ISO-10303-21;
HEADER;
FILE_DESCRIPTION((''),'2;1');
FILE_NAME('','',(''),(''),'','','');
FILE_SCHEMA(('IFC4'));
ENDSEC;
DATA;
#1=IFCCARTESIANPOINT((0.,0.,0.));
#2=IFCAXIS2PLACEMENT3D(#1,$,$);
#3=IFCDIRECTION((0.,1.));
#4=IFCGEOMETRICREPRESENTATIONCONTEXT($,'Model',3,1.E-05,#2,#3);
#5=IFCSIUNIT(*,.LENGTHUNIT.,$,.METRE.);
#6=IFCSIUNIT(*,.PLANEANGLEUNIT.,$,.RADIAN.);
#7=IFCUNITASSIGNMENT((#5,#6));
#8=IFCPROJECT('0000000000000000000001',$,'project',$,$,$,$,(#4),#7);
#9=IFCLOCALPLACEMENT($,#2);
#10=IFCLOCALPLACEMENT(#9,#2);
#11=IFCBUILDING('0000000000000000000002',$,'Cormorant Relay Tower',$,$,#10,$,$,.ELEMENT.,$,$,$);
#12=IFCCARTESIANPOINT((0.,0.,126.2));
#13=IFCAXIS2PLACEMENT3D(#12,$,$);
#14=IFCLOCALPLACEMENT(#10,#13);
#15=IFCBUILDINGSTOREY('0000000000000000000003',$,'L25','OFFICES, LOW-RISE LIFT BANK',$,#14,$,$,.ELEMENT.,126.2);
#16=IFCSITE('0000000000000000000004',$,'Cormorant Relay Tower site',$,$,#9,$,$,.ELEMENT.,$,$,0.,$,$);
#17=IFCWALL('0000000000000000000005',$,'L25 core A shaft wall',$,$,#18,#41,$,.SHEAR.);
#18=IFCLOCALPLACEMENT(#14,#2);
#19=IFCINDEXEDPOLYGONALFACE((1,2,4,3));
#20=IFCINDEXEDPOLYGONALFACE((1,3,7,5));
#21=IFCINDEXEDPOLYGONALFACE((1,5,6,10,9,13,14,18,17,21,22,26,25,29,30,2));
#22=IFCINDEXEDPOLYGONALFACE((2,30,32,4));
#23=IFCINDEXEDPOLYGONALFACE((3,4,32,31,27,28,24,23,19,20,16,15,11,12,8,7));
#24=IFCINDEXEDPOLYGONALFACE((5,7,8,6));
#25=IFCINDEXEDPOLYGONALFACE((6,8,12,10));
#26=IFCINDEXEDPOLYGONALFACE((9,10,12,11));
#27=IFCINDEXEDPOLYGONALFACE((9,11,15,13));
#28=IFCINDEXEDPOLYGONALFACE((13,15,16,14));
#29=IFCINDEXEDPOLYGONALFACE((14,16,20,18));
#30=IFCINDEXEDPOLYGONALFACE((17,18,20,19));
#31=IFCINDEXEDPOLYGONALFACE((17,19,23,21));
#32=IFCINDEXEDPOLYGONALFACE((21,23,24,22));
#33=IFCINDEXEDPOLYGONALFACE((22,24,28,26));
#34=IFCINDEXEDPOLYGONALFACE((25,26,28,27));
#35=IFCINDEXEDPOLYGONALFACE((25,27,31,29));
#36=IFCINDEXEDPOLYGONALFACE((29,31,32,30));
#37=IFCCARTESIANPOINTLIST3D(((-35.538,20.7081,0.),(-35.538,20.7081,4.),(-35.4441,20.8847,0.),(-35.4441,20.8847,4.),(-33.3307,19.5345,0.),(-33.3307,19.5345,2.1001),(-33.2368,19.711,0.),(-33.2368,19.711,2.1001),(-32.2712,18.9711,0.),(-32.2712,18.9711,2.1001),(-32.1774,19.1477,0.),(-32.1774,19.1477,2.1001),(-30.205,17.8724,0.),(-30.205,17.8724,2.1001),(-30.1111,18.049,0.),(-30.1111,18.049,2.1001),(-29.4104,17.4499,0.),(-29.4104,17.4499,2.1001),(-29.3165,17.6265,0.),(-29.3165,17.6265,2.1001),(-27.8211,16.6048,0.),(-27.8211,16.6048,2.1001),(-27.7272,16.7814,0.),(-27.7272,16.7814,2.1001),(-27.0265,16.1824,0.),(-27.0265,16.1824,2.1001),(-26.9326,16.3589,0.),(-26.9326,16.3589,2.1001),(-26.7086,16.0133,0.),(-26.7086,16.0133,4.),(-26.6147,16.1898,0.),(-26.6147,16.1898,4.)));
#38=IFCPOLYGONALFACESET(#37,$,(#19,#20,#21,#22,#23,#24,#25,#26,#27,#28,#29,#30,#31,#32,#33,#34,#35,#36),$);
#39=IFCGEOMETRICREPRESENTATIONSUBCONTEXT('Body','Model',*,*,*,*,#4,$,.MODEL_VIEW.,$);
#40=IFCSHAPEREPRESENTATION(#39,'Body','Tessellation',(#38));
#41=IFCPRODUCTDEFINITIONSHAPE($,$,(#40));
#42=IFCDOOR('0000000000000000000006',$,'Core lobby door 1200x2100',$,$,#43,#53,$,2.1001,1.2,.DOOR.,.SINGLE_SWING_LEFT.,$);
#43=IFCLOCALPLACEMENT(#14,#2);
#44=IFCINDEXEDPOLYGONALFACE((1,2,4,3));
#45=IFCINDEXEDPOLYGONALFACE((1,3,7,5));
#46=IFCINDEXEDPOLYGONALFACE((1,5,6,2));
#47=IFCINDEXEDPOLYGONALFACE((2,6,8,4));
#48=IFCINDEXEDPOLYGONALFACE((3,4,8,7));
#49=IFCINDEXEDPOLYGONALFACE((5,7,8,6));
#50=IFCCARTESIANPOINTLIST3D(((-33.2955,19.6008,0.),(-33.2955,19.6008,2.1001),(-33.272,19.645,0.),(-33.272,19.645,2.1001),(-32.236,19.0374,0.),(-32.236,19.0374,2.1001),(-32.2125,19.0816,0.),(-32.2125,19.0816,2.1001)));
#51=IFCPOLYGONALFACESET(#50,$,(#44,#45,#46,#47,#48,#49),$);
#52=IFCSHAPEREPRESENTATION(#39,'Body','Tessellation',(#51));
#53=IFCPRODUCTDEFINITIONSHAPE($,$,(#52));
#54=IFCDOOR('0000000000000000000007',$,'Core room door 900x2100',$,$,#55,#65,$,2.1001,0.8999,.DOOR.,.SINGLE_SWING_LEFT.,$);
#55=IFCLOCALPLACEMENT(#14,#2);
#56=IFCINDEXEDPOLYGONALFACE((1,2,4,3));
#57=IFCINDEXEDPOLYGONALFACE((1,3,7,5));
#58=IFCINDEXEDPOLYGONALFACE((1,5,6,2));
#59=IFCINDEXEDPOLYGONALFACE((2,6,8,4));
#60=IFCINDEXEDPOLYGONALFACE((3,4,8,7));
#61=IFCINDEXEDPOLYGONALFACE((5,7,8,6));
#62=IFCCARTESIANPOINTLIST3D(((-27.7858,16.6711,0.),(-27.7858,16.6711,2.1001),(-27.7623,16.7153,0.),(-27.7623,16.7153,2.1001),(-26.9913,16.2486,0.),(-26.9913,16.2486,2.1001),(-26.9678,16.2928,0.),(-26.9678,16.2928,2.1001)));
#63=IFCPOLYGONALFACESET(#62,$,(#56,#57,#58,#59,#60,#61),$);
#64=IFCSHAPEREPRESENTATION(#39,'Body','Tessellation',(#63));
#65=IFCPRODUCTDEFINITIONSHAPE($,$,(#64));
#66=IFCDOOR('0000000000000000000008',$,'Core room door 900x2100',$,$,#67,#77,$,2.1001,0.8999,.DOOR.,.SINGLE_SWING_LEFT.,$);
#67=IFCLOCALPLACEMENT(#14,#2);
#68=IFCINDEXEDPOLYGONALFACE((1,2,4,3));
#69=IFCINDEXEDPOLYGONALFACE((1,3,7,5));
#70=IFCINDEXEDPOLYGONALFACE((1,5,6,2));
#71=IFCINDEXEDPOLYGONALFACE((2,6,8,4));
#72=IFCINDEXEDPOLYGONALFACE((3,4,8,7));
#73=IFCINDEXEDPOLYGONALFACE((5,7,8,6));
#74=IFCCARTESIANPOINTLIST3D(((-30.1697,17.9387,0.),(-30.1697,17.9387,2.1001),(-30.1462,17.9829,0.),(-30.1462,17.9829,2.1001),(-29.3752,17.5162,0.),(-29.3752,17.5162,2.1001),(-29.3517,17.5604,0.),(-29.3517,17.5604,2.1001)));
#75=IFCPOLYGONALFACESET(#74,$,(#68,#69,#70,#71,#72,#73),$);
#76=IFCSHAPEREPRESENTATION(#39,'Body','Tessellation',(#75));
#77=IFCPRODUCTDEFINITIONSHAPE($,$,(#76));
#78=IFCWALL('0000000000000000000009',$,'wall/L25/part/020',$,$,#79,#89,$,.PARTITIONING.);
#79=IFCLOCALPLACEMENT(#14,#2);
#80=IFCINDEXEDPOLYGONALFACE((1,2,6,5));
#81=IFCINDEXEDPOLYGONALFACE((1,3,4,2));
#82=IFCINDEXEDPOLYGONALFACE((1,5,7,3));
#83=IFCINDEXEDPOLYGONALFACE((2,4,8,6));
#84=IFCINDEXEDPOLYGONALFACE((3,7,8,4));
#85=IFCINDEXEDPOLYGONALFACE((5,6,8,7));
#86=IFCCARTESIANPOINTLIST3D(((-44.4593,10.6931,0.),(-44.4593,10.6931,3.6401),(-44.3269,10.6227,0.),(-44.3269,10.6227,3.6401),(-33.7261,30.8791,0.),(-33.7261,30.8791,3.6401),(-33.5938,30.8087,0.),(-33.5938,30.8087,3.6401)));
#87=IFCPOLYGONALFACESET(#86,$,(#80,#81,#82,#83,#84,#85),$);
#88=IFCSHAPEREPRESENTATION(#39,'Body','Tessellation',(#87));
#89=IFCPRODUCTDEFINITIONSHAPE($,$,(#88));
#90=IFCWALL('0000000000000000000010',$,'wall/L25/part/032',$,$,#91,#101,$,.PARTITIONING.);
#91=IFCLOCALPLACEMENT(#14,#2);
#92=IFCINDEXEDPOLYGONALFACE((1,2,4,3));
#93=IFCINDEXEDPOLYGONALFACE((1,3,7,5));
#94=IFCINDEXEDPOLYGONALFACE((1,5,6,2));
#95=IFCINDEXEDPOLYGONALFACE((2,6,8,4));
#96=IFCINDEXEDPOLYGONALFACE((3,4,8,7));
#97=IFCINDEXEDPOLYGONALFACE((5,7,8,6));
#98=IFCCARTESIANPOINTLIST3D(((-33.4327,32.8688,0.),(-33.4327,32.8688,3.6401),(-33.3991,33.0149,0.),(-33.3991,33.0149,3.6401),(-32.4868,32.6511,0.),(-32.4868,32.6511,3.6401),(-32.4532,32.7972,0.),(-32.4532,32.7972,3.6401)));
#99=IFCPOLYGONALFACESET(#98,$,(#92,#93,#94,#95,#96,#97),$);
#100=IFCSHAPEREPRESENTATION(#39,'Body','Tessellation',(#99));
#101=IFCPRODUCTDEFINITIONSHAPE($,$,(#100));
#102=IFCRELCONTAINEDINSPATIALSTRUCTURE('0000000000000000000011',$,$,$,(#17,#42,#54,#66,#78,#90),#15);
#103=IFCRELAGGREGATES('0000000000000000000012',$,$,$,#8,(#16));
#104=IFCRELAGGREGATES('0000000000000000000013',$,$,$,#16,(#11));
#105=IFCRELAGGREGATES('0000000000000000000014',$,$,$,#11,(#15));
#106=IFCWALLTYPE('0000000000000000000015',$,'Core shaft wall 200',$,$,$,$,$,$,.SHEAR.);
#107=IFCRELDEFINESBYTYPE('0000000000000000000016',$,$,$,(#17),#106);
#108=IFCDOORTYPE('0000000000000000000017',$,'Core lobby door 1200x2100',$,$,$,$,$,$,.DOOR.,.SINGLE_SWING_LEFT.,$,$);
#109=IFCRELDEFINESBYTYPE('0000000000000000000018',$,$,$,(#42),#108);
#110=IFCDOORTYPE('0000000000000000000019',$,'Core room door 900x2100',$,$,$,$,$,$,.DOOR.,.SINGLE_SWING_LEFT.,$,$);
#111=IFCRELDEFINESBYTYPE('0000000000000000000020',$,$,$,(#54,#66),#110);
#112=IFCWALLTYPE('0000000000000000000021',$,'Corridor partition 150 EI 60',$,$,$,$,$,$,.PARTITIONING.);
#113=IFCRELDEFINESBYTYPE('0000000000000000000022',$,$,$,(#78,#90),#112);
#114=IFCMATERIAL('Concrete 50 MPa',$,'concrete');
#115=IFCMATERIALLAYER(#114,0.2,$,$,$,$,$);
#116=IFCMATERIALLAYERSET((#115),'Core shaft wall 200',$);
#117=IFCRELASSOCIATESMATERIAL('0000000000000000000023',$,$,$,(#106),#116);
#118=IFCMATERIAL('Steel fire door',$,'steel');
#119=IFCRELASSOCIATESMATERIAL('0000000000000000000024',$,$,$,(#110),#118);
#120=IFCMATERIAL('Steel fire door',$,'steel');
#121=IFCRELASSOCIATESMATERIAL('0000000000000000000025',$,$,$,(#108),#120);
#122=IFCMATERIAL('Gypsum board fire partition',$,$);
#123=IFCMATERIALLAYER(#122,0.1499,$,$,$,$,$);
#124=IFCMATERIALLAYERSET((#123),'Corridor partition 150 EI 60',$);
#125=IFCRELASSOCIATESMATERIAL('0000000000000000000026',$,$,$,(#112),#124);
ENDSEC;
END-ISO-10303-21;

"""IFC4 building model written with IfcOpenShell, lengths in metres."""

from ifc_helpers import new_model, si_unit, direction, frame, frame_2d, origin, place, context, subcontext, project, spatial, rectangle, extrude, material, layer, layer_set, type_object, element, fill, save


model = new_model("IFC4")

# Units and contexts
model_context = context("Model", 3, precision=1e-05, world=origin(), true_north=direction((0.0, 1.0)))
body_context = subcontext(model_context, "Body", "Model", "MODEL_VIEW")
ifc_project = project(units=[si_unit("LENGTHUNIT", "METRE"), si_unit("PLANEANGLEUNIT", "RADIAN")], contexts=[model_context])

# Site, building, storey
site_placement = place(None, origin())
site = spatial("IfcSite", under=ifc_project, at=site_placement, Name="Cormorant Relay Tower site", CompositionType="ELEMENT", RefElevation=0.0)
building_placement = place(site_placement, origin())
building = spatial("IfcBuilding", under=site, at=building_placement, Name="Cormorant Relay Tower", CompositionType="ELEMENT")
storey_placement = place(building_placement, frame((0.0, 0.0, 126.2)))
storey = spatial("IfcBuildingStorey", under=building, at=storey_placement, Name="L25", Description="OFFICES, LOW-RISE LIFT BANK", CompositionType="ELEMENT", Elevation=126.2)

# Shared definitions
ifc_material_1 = material(Name="Concrete 50 MPa", Category="concrete")
ifc_layer_1 = layer(ifc_material_1, 0.2)
ifc_layer_set_1 = layer_set([ifc_layer_1], Name="Core shaft wall 200")
wall_type_1 = type_object("IfcWallType", Name="Core shaft wall 200", PredefinedType="SHEAR", material=ifc_layer_set_1)
ifc_material_2 = material(Name="Steel fire door", Category="steel")
door_type_1 = type_object("IfcDoorType", Name="Core room door 900x2100", OperationType="SINGLE_SWING_LEFT", PredefinedType="DOOR", material=ifc_material_2)

# Wall, openings, doors
wall_1_placement = place(storey_placement, frame((-26.6616, 16.1016, 0.0), z_axis=(0.0, 0.0, 1.0), x_axis=(-0.88294, 0.469485, 0.0)))
wall_1 = element("IfcWall", 1, at=wall_1_placement, inside=storey, type_object=wall_type_1, Name="L25 core A shaft wall", PredefinedType="SHEAR", context=body_context, shape_type="SweptSolid", body=[
    extrude(rectangle(XDim=10.0, YDim=0.2, at=frame_2d((5.0, 0.0))), origin(), (0.0, 0.0, 1.0), 4.0),
])
opening_1_placement = place(wall_1_placement, frame((6.3, 0.0, 0.0)))
opening_1 = element("IfcOpeningElement", 2, at=opening_1_placement, cuts=wall_1, PredefinedType="OPENING", context=body_context, shape_type="SweptSolid", body=[
    extrude(rectangle(XDim=1.2, YDim=2.1001, at=frame_2d((0.6001, 1.05))), frame((0.0, 0.1099, 0.0), z_axis=(0.0, -1.0, 0.0), x_axis=(1.0, 0.0, 0.0)), (0.0, 0.0, 1.0), 0.22),
])
opening_2_placement = place(wall_1_placement, frame((0.3601, 0.0, 0.0)))
opening_2 = element("IfcOpeningElement", 3, at=opening_2_placement, cuts=wall_1, PredefinedType="OPENING", context=body_context, shape_type="SweptSolid", body=[
    extrude(rectangle(XDim=0.8999, YDim=2.1001, at=frame_2d((0.45, 1.05))), frame((0.0, 0.1099, 0.0), z_axis=(0.0, -1.0, 0.0), x_axis=(1.0, 0.0, 0.0)), (0.0, 0.0, 1.0), 0.22),
])
opening_3_placement = place(wall_1_placement, frame((3.0601, 0.0, 0.0)))
opening_3 = element("IfcOpeningElement", 4, at=opening_3_placement, cuts=wall_1, PredefinedType="OPENING", context=body_context, shape_type="SweptSolid", body=[
    extrude(rectangle(XDim=0.8999, YDim=2.1001, at=frame_2d((0.45, 1.05))), frame((0.0, 0.1099, 0.0), z_axis=(0.0, -1.0, 0.0), x_axis=(1.0, 0.0, 0.0)), (0.0, 0.0, 1.0), 0.22),
])
ifc_material_3 = material(Name="Steel fire door", Category="steel")
door_type_2 = type_object("IfcDoorType", Name="Core lobby door 1200x2100", OperationType="SINGLE_SWING_LEFT", PredefinedType="DOOR", material=ifc_material_3)
door_1_placement = place(opening_1_placement, origin())
door_1 = element("IfcDoor", 5, at=door_1_placement, inside=storey, type_object=door_type_2, Name="Core lobby door 1200x2100", OperationType="SINGLE_SWING_LEFT", OverallHeight=2.1001, OverallWidth=1.2, PredefinedType="DOOR", context=body_context, shape_type="SweptSolid", body=[
    extrude(rectangle(XDim=1.2, YDim=2.1001, at=frame_2d((0.6001, 1.05))), frame((0.0, 0.0249, 0.0), z_axis=(0.0, -1.0, 0.0), x_axis=(1.0, 0.0, 0.0)), (0.0, 0.0, 1.0), 0.05),
])
fill(opening_1, door_1)
door_2_placement = place(opening_2_placement, origin())
door_2 = element("IfcDoor", 6, at=door_2_placement, inside=storey, type_object=door_type_1, Name="Core room door 900x2100", OperationType="SINGLE_SWING_LEFT", OverallHeight=2.1001, OverallWidth=0.8999, PredefinedType="DOOR", context=body_context, shape_type="SweptSolid", body=[
    extrude(rectangle(XDim=0.8999, YDim=2.1001, at=frame_2d((0.45, 1.05))), frame((0.0, 0.0249, 0.0), z_axis=(0.0, -1.0, 0.0), x_axis=(1.0, 0.0, 0.0)), (0.0, 0.0, 1.0), 0.05),
])
fill(opening_2, door_2)
door_3_placement = place(opening_3_placement, origin())
door_3 = element("IfcDoor", 7, at=door_3_placement, inside=storey, type_object=door_type_1, Name="Core room door 900x2100", OperationType="SINGLE_SWING_LEFT", OverallHeight=2.1001, OverallWidth=0.8999, PredefinedType="DOOR", context=body_context, shape_type="SweptSolid", body=[
    extrude(rectangle(XDim=0.8999, YDim=2.1001, at=frame_2d((0.45, 1.05))), frame((0.0, 0.0249, 0.0), z_axis=(0.0, -1.0, 0.0), x_axis=(1.0, 0.0, 0.0)), (0.0, 0.0, 1.0), 0.05),
])
fill(opening_3, door_3)

# Walls
ifc_material_4 = material(Name="Gypsum board fire partition")
ifc_layer_2 = layer(ifc_material_4, 0.1499)
ifc_layer_set_2 = layer_set([ifc_layer_2], Name="Corridor partition 150 EI 60")
wall_type_2 = type_object("IfcWallType", Name="Corridor partition 150 EI 60", PredefinedType="PARTITIONING", material=ifc_layer_set_2)
wall_2_placement = place(storey_placement, frame((-33.6599, 30.844, 0.0), z_axis=(0.0, 0.0, 1.0), x_axis=(-0.469473, -0.882947, 0.0)))
element("IfcWall", 8, at=wall_2_placement, inside=storey, type_object=wall_type_2, Name="wall/L25/part/020", PredefinedType="PARTITIONING", context=body_context, shape_type="SweptSolid", body=[
    extrude(rectangle(XDim=22.8621, YDim=0.1499, at=frame_2d((11.4312, 0.0))), origin(), (0.0, 0.0, 1.0), 3.6401),
])
wall_3_placement = place(storey_placement, frame((-32.47, 32.7241, 0.0), z_axis=(0.0, 0.0, 1.0), x_axis=(-0.974514, 0.224327, 0.0)))
element("IfcWall", 9, at=wall_3_placement, inside=storey, type_object=wall_type_2, Name="wall/L25/part/032", PredefinedType="PARTITIONING", context=body_context, shape_type="SweptSolid", body=[
    extrude(rectangle(XDim=0.9707, YDim=0.1499, at=frame_2d((0.4854, 0.0))), origin(), (0.0, 0.0, 1.0), 3.6401),
])

save(model, "model.ifc")
